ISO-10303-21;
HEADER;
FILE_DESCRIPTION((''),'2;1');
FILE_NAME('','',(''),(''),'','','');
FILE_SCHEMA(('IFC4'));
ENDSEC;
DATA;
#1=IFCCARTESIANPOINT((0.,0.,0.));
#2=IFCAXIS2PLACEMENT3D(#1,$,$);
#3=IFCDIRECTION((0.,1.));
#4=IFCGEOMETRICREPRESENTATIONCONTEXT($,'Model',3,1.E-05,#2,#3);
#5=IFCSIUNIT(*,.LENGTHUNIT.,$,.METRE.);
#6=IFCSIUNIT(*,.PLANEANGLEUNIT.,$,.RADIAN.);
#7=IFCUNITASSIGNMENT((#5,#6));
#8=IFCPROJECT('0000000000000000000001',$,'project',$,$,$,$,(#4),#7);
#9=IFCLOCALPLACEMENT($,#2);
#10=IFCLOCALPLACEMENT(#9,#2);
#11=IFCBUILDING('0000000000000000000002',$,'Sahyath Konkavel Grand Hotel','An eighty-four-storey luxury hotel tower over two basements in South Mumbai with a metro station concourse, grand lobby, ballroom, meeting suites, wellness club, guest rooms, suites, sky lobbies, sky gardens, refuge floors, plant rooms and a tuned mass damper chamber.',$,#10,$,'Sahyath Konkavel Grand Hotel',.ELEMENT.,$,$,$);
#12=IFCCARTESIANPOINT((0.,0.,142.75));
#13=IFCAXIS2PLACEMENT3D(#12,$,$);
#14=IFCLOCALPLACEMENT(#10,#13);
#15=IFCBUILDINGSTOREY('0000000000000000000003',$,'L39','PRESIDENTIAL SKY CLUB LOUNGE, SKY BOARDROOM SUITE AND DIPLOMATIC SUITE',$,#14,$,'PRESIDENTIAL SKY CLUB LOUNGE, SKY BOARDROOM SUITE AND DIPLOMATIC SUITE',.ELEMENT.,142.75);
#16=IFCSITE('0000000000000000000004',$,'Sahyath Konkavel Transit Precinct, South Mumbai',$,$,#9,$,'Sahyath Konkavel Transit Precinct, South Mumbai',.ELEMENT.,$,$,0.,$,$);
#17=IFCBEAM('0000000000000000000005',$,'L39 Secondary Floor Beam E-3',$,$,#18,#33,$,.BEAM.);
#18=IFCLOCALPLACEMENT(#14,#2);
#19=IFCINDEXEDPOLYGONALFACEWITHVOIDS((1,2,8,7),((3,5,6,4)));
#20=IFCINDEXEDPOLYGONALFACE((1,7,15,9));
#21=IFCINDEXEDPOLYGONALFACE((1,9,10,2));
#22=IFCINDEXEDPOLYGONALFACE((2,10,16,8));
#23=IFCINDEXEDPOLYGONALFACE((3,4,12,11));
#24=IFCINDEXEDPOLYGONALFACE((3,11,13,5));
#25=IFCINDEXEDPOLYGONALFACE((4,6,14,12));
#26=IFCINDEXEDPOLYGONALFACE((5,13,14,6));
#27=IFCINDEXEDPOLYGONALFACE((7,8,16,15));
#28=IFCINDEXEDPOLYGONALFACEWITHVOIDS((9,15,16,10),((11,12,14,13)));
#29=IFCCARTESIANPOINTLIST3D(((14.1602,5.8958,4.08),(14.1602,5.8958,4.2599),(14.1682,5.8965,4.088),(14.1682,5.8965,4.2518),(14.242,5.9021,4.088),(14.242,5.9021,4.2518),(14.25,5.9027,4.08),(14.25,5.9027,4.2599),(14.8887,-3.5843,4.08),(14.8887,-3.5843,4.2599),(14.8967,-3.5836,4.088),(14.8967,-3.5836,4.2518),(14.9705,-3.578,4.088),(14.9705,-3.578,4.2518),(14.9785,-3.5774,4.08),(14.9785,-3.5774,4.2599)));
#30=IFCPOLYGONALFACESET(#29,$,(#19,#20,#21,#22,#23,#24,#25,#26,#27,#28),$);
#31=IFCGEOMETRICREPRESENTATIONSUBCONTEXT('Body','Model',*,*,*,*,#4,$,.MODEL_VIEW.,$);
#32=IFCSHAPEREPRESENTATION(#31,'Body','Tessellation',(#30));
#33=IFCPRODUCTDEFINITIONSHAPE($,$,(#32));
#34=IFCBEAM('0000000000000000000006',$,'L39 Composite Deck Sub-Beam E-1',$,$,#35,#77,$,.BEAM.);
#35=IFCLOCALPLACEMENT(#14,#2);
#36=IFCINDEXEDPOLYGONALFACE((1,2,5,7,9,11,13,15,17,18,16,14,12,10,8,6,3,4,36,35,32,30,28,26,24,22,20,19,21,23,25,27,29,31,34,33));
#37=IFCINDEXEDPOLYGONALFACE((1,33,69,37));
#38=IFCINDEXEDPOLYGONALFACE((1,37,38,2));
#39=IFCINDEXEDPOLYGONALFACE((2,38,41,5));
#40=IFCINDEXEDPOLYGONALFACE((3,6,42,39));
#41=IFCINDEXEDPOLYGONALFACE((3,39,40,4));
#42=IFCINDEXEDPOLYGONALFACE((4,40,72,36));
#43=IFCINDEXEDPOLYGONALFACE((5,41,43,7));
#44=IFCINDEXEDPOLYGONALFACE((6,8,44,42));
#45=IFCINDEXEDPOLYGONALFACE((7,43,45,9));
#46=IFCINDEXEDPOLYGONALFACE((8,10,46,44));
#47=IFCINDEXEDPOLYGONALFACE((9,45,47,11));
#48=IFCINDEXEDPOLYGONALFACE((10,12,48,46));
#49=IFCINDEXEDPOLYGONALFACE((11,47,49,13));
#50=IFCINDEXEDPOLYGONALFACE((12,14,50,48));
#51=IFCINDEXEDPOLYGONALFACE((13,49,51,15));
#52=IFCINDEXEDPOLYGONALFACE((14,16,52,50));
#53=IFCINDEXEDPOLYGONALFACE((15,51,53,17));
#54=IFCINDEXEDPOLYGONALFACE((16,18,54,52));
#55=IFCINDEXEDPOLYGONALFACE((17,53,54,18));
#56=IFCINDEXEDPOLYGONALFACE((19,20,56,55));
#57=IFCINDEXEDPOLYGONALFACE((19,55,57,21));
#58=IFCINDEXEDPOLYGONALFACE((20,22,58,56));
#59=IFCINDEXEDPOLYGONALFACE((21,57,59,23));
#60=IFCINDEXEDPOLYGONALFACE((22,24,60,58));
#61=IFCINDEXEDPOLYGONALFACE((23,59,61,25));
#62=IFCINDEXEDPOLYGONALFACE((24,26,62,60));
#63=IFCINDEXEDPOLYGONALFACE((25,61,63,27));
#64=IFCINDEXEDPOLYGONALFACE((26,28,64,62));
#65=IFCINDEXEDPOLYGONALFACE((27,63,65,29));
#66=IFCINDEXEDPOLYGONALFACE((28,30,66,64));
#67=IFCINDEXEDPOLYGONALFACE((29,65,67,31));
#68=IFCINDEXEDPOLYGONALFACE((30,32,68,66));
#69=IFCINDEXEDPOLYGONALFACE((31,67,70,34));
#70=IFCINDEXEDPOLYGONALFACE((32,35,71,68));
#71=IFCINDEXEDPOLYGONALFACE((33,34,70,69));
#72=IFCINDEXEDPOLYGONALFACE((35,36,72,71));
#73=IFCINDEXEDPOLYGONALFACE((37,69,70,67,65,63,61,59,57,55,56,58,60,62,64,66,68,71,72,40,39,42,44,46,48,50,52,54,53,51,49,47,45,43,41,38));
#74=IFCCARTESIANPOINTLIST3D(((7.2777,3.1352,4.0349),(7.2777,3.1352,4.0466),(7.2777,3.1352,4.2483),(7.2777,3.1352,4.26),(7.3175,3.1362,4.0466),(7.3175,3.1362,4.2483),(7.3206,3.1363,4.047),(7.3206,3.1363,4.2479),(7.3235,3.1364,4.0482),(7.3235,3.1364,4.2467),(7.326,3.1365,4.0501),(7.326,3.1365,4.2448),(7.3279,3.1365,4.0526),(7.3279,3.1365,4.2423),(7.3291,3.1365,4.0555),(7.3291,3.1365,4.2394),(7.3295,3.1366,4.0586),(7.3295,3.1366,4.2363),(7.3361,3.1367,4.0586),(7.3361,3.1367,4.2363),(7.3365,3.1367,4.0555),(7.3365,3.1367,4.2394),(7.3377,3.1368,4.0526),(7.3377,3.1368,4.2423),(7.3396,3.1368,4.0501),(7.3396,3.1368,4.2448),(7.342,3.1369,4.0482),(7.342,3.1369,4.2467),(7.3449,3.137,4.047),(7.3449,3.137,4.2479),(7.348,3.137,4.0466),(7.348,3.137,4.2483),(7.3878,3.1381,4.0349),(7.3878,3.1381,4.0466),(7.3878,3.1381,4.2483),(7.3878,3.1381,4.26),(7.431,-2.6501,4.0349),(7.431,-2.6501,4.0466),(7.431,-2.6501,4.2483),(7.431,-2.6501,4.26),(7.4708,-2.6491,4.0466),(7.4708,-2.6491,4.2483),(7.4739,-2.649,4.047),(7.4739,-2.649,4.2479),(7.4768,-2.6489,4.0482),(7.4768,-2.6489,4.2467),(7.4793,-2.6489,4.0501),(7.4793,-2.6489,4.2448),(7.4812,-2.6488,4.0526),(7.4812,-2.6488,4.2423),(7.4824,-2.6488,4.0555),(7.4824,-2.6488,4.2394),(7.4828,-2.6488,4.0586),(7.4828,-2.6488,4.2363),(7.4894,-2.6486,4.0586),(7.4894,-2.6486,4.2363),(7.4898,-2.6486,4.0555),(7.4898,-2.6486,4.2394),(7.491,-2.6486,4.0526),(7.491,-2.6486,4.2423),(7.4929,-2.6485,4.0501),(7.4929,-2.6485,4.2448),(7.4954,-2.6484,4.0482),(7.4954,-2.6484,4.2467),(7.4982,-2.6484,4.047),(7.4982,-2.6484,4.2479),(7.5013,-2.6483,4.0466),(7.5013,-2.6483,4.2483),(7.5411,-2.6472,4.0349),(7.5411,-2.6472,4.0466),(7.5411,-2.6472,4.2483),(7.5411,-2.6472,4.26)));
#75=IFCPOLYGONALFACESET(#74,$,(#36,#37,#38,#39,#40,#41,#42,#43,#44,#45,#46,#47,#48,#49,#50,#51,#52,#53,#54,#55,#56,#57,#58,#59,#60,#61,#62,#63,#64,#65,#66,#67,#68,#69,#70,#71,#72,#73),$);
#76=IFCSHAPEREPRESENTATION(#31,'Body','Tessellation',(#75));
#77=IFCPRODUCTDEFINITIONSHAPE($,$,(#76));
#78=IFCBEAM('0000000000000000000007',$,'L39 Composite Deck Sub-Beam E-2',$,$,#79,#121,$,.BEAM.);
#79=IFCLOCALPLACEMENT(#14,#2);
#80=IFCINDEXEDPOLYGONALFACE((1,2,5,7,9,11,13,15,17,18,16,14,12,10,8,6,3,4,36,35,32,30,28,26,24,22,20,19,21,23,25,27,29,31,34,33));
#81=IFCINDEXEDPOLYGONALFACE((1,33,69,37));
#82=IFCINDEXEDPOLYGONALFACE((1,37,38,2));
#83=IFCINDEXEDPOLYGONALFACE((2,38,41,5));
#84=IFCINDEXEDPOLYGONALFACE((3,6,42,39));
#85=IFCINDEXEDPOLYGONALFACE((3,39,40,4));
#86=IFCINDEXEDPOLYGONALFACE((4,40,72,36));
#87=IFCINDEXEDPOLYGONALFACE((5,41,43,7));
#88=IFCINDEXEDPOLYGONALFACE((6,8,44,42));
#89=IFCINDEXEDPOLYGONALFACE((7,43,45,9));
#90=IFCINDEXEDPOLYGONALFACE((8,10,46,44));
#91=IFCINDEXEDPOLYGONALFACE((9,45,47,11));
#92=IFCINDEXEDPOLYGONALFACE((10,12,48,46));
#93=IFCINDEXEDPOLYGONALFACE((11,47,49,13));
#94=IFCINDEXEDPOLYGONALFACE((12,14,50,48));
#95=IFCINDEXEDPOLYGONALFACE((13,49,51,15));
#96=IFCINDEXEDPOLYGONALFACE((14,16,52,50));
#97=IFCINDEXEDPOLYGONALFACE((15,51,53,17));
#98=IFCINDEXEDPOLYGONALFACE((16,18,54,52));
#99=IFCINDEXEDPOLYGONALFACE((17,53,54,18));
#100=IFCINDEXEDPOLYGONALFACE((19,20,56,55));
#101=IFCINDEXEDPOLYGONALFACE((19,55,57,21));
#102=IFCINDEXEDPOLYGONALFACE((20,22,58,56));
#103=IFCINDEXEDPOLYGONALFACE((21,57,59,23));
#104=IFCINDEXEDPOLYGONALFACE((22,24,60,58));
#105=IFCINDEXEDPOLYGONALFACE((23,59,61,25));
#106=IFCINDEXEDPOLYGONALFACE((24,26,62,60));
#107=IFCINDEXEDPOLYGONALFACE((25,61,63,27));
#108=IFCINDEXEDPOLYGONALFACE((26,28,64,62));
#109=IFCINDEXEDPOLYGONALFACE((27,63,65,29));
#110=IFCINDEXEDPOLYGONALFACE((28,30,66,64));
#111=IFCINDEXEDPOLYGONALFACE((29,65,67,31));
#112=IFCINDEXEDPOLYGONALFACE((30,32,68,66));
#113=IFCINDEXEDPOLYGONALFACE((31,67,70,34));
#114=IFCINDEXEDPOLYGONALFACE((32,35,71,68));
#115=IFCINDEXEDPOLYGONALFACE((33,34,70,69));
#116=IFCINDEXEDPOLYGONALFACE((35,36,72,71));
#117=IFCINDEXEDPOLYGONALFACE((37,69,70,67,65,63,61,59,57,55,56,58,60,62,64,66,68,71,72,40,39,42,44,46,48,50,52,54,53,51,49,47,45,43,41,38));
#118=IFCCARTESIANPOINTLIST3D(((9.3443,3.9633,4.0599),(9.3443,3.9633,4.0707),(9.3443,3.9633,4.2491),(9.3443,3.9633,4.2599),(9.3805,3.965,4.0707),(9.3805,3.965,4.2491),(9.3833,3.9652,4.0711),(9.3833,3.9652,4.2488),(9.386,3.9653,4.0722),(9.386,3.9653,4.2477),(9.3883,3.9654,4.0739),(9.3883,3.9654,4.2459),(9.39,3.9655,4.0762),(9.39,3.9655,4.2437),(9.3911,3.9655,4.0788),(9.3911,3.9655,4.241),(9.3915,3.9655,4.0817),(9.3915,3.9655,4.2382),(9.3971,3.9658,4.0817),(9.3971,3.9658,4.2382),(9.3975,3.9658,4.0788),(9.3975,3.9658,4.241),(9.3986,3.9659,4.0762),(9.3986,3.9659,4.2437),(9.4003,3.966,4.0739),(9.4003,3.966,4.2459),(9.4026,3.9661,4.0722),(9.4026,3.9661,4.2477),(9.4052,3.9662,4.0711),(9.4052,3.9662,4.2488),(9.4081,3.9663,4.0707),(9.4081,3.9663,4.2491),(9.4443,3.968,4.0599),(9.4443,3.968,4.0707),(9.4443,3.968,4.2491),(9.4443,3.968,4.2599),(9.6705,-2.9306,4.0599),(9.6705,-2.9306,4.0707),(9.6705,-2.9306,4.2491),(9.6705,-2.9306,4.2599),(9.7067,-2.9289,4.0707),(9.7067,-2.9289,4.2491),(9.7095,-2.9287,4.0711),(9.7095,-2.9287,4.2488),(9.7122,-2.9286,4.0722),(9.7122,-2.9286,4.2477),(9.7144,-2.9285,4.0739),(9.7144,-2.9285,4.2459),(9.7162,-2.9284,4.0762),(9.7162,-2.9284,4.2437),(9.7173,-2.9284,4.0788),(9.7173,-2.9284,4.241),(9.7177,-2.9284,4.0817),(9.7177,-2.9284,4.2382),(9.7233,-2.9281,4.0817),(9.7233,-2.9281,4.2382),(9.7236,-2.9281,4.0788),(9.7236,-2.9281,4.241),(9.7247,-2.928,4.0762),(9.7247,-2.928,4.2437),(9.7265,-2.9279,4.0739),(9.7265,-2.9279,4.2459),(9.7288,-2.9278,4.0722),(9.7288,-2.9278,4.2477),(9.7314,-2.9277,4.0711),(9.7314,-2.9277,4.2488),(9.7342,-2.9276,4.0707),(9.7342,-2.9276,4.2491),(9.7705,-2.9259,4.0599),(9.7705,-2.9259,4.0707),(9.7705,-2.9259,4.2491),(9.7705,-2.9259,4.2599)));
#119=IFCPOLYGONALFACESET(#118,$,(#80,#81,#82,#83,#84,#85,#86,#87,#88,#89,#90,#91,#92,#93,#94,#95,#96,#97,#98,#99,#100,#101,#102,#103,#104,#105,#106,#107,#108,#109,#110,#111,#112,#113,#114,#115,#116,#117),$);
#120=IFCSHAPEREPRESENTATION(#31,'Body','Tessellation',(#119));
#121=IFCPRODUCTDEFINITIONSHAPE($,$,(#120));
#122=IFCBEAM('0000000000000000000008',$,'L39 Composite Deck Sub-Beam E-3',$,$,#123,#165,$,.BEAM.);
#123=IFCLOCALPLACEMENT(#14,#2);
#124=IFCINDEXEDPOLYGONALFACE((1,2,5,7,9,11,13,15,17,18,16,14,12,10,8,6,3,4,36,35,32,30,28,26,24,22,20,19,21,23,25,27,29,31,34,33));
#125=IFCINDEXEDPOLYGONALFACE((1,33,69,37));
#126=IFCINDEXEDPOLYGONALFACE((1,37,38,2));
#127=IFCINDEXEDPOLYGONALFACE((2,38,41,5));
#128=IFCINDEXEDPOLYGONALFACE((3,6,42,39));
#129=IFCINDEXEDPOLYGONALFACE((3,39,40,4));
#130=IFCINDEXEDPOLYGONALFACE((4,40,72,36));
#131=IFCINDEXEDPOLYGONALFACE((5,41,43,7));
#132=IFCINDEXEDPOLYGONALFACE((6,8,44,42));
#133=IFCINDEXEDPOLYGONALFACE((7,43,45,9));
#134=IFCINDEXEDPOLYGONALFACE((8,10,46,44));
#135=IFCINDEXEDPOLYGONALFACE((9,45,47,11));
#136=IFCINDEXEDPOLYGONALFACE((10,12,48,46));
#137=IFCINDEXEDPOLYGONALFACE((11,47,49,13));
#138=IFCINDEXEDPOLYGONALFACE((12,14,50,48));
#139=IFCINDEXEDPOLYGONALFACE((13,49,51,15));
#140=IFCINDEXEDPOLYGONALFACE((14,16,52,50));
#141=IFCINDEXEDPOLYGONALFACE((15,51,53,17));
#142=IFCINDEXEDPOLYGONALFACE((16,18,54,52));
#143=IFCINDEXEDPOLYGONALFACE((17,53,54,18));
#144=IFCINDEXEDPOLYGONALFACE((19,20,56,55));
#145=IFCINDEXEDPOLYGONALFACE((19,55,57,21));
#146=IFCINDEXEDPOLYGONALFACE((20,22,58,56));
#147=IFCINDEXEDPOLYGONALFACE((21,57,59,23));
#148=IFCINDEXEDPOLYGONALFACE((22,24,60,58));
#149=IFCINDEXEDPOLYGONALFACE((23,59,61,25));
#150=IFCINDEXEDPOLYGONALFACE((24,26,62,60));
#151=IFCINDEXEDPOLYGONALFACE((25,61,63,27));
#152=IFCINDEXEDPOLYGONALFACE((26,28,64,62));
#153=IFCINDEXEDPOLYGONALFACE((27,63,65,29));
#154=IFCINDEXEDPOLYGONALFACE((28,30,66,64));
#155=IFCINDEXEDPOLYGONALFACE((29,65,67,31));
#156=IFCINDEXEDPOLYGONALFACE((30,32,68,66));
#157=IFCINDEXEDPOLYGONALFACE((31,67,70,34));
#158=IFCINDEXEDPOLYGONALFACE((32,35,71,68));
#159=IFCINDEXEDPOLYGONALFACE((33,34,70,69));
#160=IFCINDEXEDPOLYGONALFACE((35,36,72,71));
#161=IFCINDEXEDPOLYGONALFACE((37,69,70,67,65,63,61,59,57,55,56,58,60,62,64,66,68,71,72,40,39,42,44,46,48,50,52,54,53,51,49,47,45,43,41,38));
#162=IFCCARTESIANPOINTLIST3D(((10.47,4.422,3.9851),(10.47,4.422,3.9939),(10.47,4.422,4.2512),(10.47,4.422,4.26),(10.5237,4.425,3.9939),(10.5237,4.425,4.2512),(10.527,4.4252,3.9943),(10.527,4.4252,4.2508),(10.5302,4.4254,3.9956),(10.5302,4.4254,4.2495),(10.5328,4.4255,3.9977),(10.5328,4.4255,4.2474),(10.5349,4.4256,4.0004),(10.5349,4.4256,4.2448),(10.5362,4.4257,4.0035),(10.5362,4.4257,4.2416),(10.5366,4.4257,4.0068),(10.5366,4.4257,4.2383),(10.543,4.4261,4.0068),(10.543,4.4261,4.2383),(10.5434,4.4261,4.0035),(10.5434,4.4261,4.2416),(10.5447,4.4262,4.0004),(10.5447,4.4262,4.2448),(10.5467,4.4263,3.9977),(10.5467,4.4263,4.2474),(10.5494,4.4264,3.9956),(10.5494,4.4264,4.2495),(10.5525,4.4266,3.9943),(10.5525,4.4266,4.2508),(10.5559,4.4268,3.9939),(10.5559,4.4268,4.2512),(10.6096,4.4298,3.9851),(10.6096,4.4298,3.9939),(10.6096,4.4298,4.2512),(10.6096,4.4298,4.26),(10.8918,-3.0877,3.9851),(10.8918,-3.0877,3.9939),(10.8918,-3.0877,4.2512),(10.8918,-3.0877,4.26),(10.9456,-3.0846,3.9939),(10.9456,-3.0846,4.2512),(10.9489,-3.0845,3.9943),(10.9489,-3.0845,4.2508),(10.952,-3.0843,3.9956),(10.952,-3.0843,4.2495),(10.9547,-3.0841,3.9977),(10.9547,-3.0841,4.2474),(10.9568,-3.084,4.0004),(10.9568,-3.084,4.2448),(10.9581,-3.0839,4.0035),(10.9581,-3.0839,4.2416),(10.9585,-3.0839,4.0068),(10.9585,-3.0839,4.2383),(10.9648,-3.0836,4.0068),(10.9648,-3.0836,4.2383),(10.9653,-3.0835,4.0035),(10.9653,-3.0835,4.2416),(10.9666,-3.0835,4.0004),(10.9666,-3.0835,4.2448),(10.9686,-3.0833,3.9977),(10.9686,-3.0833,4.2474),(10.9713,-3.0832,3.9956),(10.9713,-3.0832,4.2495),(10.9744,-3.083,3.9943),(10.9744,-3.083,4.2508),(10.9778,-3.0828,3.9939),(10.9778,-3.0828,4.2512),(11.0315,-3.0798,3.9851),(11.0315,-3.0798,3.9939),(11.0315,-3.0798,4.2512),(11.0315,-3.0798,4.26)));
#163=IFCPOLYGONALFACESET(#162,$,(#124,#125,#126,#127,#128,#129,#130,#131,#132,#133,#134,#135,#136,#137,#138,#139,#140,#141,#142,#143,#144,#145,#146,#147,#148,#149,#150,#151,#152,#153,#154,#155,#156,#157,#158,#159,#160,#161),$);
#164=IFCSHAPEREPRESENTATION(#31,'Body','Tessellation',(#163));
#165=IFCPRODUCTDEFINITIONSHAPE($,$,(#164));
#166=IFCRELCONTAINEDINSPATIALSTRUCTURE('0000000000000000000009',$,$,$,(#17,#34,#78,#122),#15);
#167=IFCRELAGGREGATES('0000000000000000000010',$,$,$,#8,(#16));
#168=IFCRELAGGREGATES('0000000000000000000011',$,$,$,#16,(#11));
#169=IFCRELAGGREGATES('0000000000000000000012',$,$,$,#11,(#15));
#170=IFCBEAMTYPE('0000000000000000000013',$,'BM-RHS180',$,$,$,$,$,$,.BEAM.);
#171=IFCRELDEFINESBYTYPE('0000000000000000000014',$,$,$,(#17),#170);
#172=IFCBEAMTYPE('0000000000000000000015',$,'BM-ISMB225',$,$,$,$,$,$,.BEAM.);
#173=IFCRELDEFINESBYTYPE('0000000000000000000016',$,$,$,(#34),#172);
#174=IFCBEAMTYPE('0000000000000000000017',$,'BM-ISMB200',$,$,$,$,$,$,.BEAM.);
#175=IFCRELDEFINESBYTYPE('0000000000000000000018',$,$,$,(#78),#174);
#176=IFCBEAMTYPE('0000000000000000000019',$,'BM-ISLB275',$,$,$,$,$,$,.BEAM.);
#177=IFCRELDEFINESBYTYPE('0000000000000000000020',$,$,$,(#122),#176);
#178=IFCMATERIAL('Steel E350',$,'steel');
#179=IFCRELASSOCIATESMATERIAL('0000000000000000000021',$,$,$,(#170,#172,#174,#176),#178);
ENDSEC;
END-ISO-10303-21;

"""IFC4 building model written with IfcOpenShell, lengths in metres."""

from ifc_helpers import new_model, si_unit, direction, frame, origin, origin_2d, place, context, subcontext, project, spatial, hollow_rectangle, i_section, extrude, source, transform, mapped, material, material_profile, profile_set, type_object, element, save


model = new_model("IFC4")

# Units and contexts
model_context = context("Model", 3, precision=1e-05, world=origin(), true_north=direction((0.0, 1.0)))
body_context = subcontext(model_context, "Body", "Model", "MODEL_VIEW")
ifc_project = project(units=[si_unit("LENGTHUNIT", "METRE"), si_unit("PLANEANGLEUNIT", "RADIAN")], contexts=[model_context])

# Site, building, storey
site_placement = place(None, origin())
site = spatial("IfcSite", under=ifc_project, at=site_placement, Name="Sahyath Konkavel Transit Precinct, South Mumbai", LongName="Sahyath Konkavel Transit Precinct, South Mumbai", CompositionType="ELEMENT", RefElevation=0.0)
building_placement = place(site_placement, origin())
building = spatial("IfcBuilding", under=site, at=building_placement, Name="Sahyath Konkavel Grand Hotel", Description="An eighty-four-storey luxury hotel tower over two basements in South Mumbai with a metro station concourse, grand lobby, ballroom, meeting suites, wellness club, guest rooms, suites, sky lobbies, sky gardens, refuge floors, plant rooms and a tuned mass damper chamber.", LongName="Sahyath Konkavel Grand Hotel", CompositionType="ELEMENT")
storey_placement = place(building_placement, frame((0.0, 0.0, 142.75)))
storey = spatial("IfcBuildingStorey", under=building, at=storey_placement, Name="L39", Description="PRESIDENTIAL SKY CLUB LOUNGE, SKY BOARDROOM SUITE AND DIPLOMATIC SUITE", LongName="PRESIDENTIAL SKY CLUB LOUNGE, SKY BOARDROOM SUITE AND DIPLOMATIC SUITE", CompositionType="ELEMENT", Elevation=142.75)

# Beams
ifc_material_1 = material(Name="Steel E350", Category="steel")
ifc_material_profile_1 = material_profile(ifc_material_1, hollow_rectangle(XDim=0.0901, YDim=0.1799, WallThickness=0.0081, at=origin_2d()), Name="RHS 180x90x8")
ifc_profile_set_1 = profile_set([ifc_material_profile_1], Name="Steel E350")
beam_type_1 = type_object("IfcBeamType", Name="BM-RHS180", PredefinedType="BEAM", material=ifc_profile_set_1)
shared_shape_1 = source(origin(), body_context, "Body", "SweptSolid", [
    extrude(hollow_rectangle(XDim=0.0901, YDim=0.1799, WallThickness=0.0081, at=origin_2d()), origin(), (0.0, 0.0, 1.0), 9.5081),
])
beam_1_placement = place(storey_placement, frame((14.9336, -3.5808, 4.1699), z_axis=(-0.07662, 0.99706, 0.0), x_axis=(-0.99706, -0.07662, 0.0)))
element("IfcBeam", 1, at=beam_1_placement, inside=storey, type_object=beam_type_1, Name="L39 Secondary Floor Beam E-3", PredefinedType="BEAM", context=body_context, shape_type="MappedRepresentation", body=[
    mapped(shared_shape_1, transform((0.0, 0.0, 0.0), scale=1.0)),
])
ifc_material_profile_2 = material_profile(ifc_material_1, i_section(OverallWidth=0.1101, OverallDepth=0.2251, WebThickness=0.0066, FlangeThickness=0.0117, FilletRadius=0.012, at=origin_2d()), Name="ISMB 225")
ifc_profile_set_2 = profile_set([ifc_material_profile_2], Name="Steel E350")
beam_type_2 = type_object("IfcBeamType", Name="BM-ISMB225", PredefinedType="BEAM", material=ifc_profile_set_2)
shared_shape_2 = source(origin(), body_context, "Body", "SweptSolid", [
    extrude(i_section(OverallWidth=0.1101, OverallDepth=0.2251, WebThickness=0.0066, FlangeThickness=0.0117, FilletRadius=0.012, at=origin_2d()), origin(), (0.0, 0.0, 1.0), 5.7874),
])
beam_2_placement = place(storey_placement, frame((7.4861, -2.6487, 4.1475), z_axis=(-0.026492, 0.999649, 0.0), x_axis=(-0.999649, -0.026492, 0.0)))
element("IfcBeam", 2, at=beam_2_placement, inside=storey, type_object=beam_type_2, Name="L39 Composite Deck Sub-Beam E-1", PredefinedType="BEAM", context=body_context, shape_type="MappedRepresentation", body=[
    mapped(shared_shape_2, transform((0.0, 0.0, 0.0), scale=1.0)),
])
ifc_material_profile_3 = material_profile(ifc_material_1, i_section(OverallWidth=0.1001, OverallDepth=0.2, WebThickness=0.0056, FlangeThickness=0.0107, FilletRadius=0.011, at=origin_2d()), Name="ISMB 200")
ifc_profile_set_3 = profile_set([ifc_material_profile_3], Name="Steel E350")
beam_type_3 = type_object("IfcBeamType", Name="BM-ISMB200", PredefinedType="BEAM", material=ifc_profile_set_3)
shared_shape_3 = source(origin(), body_context, "Body", "SweptSolid", [
    extrude(i_section(OverallWidth=0.1001, OverallDepth=0.2, WebThickness=0.0056, FlangeThickness=0.0107, FilletRadius=0.011, at=origin_2d()), origin(), (0.0, 0.0, 1.0), 6.9016),
])
beam_3_placement = place(storey_placement, frame((9.7205, -2.9282, 4.1599), z_axis=(-0.047261, 0.998883, 0.0), x_axis=(-0.998883, -0.047261, 0.0)))
element("IfcBeam", 3, at=beam_3_placement, inside=storey, type_object=beam_type_3, Name="L39 Composite Deck Sub-Beam E-2", PredefinedType="BEAM", context=body_context, shape_type="MappedRepresentation", body=[
    mapped(shared_shape_3, transform((0.0, 0.0, 0.0), scale=1.0)),
])
ifc_material_profile_4 = material_profile(ifc_material_1, i_section(OverallWidth=0.1399, OverallDepth=0.2749, WebThickness=0.0063, FlangeThickness=0.0088, FilletRadius=0.0129, at=origin_2d()), Name="ISLB 275")
ifc_profile_set_4 = profile_set([ifc_material_profile_4], Name="Steel E350")
beam_type_4 = type_object("IfcBeamType", Name="BM-ISLB275", PredefinedType="BEAM", material=ifc_profile_set_4)
shared_shape_4 = source(origin(), body_context, "Body", "SweptSolid", [
    extrude(i_section(OverallWidth=0.1399, OverallDepth=0.2749, WebThickness=0.0063, FlangeThickness=0.0088, FilletRadius=0.0129, at=origin_2d()), origin(), (0.0, 0.0, 1.0), 7.5215),
])
beam_4_placement = place(storey_placement, frame((10.9617, -3.0837, 4.1226), z_axis=(-0.05609, 0.998426, 0.0), x_axis=(-0.998426, -0.05609, 0.0)))
element("IfcBeam", 4, at=beam_4_placement, inside=storey, type_object=beam_type_4, Name="L39 Composite Deck Sub-Beam E-3", PredefinedType="BEAM", context=body_context, shape_type="MappedRepresentation", body=[
    mapped(shared_shape_4, transform((0.0, 0.0, 0.0), scale=1.0)),
])

save(model, "model.ifc")
